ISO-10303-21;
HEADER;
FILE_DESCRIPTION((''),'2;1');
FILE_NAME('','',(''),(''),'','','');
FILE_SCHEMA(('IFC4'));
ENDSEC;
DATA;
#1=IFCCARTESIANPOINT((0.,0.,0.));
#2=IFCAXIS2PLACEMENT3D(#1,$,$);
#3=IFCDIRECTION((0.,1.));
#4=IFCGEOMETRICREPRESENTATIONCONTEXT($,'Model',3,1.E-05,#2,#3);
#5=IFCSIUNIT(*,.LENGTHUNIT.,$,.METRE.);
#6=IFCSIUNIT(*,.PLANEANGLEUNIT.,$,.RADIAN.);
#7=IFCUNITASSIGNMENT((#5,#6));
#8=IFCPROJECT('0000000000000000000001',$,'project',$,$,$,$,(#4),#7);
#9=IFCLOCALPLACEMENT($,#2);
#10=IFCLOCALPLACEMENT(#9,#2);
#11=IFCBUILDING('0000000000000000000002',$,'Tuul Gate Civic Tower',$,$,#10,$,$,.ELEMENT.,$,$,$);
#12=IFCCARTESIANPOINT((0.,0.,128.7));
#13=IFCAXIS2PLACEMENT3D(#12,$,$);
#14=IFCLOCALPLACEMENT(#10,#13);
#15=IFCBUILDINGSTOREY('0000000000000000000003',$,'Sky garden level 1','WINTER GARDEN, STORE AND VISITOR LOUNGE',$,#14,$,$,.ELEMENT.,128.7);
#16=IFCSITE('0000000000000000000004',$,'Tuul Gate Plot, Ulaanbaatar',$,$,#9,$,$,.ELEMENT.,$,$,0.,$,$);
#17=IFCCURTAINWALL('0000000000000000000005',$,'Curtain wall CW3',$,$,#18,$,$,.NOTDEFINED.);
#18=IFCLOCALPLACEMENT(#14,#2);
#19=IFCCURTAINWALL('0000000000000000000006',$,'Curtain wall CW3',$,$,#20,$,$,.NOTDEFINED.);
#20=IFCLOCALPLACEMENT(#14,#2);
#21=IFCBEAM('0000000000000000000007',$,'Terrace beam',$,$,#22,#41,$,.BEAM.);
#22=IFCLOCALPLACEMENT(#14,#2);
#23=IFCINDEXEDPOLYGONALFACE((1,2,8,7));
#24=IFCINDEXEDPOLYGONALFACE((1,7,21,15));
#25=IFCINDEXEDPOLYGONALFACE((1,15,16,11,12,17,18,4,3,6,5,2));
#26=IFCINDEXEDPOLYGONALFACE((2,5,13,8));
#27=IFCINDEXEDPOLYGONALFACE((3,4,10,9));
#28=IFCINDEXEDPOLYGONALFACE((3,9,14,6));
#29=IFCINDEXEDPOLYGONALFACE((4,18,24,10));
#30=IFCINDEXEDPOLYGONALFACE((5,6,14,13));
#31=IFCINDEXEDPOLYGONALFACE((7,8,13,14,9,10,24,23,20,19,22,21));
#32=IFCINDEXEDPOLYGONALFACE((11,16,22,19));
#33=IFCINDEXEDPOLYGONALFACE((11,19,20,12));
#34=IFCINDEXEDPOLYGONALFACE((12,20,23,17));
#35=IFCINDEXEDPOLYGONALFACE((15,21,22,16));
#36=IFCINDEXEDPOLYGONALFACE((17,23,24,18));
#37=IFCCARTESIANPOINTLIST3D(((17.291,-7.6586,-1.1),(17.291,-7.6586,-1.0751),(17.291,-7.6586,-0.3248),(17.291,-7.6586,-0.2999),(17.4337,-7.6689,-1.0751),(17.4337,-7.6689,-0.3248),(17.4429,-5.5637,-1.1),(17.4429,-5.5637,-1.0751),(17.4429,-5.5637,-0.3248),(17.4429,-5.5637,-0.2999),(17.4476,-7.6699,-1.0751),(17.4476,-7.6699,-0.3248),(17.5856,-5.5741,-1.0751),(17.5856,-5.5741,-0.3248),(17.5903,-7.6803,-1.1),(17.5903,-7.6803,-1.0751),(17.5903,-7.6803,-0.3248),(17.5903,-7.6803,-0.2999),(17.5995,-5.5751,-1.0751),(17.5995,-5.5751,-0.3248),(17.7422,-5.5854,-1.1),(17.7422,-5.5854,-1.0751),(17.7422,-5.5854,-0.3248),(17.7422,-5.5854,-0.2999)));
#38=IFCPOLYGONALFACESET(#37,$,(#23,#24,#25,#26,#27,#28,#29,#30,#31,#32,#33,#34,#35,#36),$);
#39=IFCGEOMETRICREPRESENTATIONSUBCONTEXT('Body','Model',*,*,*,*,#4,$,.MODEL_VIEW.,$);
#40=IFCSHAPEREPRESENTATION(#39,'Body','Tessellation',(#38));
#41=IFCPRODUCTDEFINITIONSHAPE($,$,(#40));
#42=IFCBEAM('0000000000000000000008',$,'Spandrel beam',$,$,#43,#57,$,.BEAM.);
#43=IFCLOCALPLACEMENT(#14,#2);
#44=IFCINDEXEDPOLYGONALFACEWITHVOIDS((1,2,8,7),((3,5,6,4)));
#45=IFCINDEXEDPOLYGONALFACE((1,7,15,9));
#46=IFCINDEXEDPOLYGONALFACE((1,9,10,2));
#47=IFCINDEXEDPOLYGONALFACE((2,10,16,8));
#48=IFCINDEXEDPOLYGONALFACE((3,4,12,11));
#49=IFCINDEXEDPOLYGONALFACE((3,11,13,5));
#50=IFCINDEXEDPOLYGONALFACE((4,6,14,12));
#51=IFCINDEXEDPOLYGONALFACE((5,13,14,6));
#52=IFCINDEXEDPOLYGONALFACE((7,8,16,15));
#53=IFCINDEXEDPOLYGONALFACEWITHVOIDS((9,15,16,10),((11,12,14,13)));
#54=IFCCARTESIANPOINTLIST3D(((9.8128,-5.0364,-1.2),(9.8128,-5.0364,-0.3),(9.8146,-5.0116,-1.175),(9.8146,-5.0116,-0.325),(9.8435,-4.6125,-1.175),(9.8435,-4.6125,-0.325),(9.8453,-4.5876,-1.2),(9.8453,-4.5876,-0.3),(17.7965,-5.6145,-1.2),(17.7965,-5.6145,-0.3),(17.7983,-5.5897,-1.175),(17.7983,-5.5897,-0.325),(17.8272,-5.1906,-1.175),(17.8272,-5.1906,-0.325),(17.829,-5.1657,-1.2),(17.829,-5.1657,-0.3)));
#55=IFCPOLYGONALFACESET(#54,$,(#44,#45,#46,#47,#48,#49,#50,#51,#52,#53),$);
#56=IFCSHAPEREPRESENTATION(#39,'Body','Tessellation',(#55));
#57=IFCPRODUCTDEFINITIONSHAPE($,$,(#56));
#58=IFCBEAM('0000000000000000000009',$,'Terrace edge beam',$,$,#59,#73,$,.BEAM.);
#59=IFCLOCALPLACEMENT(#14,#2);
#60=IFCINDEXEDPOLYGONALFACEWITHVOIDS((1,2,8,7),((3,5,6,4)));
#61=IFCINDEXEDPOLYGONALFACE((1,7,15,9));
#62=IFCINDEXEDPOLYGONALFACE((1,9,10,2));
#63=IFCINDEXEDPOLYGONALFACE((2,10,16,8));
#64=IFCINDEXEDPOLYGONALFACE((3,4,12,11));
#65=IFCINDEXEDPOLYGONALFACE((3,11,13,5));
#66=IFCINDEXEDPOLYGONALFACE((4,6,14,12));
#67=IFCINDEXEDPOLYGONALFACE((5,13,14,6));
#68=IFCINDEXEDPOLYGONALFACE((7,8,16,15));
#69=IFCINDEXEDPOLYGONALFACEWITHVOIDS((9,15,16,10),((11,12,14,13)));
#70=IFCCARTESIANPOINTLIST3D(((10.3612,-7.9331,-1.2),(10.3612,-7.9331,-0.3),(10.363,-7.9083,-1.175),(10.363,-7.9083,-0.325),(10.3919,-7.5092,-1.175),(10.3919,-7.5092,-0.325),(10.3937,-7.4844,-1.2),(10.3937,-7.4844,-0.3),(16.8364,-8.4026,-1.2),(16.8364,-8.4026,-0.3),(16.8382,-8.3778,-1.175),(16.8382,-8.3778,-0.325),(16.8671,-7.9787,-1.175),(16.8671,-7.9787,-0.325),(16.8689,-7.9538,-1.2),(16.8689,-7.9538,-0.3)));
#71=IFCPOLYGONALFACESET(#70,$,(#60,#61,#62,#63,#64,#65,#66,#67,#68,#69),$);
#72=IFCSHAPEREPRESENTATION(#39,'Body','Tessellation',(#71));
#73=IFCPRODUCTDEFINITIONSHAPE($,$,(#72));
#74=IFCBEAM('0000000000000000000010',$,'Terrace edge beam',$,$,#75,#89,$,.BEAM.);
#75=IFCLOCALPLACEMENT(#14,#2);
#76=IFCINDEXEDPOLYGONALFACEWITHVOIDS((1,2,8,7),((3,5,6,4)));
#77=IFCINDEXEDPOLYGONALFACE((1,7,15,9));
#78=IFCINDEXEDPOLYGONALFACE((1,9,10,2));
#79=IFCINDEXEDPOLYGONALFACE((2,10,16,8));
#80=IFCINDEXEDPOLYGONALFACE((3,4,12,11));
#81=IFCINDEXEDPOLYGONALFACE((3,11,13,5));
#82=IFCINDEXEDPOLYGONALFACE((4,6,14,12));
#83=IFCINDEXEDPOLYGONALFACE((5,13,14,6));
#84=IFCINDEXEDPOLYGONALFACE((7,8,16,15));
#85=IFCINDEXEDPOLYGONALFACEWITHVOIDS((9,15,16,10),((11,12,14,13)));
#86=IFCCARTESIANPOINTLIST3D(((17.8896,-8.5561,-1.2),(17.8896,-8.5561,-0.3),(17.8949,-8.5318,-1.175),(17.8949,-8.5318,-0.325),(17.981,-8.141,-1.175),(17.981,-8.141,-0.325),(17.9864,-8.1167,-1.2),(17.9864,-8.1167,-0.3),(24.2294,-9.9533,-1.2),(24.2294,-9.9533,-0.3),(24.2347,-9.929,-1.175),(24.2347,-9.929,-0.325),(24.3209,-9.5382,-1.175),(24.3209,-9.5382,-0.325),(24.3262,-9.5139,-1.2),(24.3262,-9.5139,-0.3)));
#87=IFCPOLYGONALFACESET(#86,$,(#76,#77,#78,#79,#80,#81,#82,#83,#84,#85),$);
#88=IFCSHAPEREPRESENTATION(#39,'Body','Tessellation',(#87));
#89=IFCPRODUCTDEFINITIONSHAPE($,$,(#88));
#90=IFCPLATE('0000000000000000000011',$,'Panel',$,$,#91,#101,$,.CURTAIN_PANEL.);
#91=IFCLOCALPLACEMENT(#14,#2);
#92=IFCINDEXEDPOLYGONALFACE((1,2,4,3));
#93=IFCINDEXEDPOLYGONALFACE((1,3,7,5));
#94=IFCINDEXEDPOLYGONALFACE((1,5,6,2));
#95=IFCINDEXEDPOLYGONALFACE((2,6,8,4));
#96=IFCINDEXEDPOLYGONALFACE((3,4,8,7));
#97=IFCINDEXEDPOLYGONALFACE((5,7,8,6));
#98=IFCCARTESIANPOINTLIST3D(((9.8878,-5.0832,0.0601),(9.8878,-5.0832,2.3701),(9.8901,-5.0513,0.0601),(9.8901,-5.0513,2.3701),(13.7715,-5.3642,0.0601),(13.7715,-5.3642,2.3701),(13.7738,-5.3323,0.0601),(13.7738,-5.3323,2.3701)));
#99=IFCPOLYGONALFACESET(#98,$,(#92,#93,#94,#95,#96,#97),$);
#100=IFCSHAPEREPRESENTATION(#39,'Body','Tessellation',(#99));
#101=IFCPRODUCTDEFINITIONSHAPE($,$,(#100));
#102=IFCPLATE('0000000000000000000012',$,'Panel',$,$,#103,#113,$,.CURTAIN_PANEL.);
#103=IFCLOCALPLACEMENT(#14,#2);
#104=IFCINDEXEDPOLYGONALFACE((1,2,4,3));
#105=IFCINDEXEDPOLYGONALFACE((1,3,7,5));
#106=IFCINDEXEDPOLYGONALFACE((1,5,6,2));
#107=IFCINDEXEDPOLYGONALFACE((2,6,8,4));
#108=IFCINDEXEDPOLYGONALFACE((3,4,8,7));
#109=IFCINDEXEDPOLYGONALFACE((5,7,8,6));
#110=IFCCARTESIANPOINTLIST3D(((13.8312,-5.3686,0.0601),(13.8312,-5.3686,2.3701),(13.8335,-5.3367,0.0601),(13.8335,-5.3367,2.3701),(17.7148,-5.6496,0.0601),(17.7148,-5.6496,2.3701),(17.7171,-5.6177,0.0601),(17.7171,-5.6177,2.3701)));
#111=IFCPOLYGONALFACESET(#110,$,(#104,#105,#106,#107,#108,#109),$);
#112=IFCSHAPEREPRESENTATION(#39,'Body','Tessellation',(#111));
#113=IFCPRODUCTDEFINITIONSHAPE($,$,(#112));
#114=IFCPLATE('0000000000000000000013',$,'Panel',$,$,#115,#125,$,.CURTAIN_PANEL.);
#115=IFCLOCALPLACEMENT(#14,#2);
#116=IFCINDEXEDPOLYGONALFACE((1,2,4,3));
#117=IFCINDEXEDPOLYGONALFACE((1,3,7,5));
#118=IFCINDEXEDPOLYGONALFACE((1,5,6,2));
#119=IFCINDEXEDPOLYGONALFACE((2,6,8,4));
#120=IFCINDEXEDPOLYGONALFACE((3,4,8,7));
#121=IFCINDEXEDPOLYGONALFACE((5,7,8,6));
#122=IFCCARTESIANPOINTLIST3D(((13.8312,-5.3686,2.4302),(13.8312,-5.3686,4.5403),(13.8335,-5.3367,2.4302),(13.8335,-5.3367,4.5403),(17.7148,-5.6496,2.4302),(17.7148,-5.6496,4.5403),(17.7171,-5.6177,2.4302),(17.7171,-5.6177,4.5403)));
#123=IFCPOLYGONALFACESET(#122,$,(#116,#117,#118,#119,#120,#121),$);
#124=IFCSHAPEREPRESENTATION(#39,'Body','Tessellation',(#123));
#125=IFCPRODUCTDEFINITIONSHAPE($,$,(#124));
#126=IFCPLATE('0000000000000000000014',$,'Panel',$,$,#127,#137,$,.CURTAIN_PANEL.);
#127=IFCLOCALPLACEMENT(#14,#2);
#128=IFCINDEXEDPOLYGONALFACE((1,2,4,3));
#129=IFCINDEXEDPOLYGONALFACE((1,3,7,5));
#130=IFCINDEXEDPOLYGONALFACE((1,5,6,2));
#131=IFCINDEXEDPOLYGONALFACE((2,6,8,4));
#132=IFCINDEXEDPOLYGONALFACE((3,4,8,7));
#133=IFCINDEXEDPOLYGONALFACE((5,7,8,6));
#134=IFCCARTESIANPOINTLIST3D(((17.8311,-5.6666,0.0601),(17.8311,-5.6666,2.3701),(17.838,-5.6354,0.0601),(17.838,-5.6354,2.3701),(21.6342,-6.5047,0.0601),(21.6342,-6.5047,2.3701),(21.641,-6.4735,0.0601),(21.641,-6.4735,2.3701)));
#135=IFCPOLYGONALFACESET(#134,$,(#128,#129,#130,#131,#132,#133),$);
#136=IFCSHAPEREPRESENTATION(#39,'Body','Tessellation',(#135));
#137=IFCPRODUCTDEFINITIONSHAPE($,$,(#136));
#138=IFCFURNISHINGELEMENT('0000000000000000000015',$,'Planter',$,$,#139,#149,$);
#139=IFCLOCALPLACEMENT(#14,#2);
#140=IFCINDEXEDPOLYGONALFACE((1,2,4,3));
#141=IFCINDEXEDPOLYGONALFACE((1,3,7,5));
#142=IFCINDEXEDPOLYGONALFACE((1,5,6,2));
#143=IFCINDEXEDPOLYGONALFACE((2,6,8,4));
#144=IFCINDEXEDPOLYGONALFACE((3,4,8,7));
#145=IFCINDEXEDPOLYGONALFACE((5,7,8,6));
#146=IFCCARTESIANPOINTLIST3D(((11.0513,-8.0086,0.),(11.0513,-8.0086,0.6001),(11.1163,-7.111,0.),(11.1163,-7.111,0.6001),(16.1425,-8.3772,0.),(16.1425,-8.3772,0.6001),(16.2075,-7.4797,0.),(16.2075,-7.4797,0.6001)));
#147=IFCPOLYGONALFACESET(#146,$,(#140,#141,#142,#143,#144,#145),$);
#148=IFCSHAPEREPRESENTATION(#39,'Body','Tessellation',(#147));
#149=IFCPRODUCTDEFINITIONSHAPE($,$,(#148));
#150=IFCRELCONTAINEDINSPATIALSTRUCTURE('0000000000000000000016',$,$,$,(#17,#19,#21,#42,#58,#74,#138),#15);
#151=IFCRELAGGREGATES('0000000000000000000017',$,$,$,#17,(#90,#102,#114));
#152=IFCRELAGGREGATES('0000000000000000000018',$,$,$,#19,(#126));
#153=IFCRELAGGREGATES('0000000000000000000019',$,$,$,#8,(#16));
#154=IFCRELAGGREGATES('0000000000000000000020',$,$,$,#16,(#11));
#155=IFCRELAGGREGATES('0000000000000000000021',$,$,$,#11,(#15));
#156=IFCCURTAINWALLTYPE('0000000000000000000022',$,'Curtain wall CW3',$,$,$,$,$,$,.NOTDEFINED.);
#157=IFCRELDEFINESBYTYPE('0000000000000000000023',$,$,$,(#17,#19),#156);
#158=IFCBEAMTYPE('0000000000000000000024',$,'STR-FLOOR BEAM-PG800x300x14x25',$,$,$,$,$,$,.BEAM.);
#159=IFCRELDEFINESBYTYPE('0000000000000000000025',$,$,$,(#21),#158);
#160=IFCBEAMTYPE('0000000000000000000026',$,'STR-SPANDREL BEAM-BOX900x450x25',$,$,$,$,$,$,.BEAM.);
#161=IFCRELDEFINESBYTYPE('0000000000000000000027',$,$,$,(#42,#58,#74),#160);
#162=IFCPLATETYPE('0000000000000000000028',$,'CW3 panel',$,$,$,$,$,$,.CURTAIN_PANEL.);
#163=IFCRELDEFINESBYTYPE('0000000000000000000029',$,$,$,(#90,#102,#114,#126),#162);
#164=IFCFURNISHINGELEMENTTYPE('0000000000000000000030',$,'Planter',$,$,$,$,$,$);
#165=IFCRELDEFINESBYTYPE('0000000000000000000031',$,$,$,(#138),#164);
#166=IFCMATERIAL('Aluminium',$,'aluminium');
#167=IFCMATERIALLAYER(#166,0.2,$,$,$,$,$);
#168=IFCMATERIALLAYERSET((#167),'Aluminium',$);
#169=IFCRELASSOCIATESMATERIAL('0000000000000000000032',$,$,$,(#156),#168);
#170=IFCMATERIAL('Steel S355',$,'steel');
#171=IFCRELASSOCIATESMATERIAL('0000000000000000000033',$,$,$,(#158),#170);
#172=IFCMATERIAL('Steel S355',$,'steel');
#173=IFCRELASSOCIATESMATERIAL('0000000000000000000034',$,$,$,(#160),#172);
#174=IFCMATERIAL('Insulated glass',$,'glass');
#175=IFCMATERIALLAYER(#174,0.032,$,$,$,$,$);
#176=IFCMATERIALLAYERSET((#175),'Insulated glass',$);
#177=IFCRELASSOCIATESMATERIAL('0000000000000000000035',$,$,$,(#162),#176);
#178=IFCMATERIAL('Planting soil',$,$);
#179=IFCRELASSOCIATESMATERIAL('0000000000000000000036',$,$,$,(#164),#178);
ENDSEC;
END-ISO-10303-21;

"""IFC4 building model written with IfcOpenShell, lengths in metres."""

from ifc_helpers import new_model, si_unit, direction, frame, origin, origin_2d, place, context, subcontext, project, spatial, rectangle, hollow_rectangle, i_section, extrude, material, layer, layer_set, material_profile, profile_set, type_object, element, aggregate, save


model = new_model("IFC4")

# Units and contexts
model_context = context("Model", 3, precision=1e-05, world=origin(), true_north=direction((0.0, 1.0)))
body_context = subcontext(model_context, "Body", "Model", "MODEL_VIEW")
ifc_project = project(units=[si_unit("LENGTHUNIT", "METRE"), si_unit("PLANEANGLEUNIT", "RADIAN")], contexts=[model_context])

# Site, building, storey
site_placement = place(None, origin())
site = spatial("IfcSite", under=ifc_project, at=site_placement, Name="Tuul Gate Plot, Ulaanbaatar", CompositionType="ELEMENT", RefElevation=0.0)
building_placement = place(site_placement, origin())
building = spatial("IfcBuilding", under=site, at=building_placement, Name="Tuul Gate Civic Tower", CompositionType="ELEMENT")
storey_placement = place(building_placement, frame((0.0, 0.0, 128.7)))
storey = spatial("IfcBuildingStorey", under=building, at=storey_placement, Name="Sky garden level 1", Description="WINTER GARDEN, STORE AND VISITOR LOUNGE", CompositionType="ELEMENT", Elevation=128.7)

# Curtain wall
ifc_material_1 = material(Name="Aluminium", Category="aluminium")
ifc_layer_1 = layer(ifc_material_1, 0.2)
ifc_layer_set_1 = layer_set([ifc_layer_1], Name="Aluminium")
curtain_wall_type = type_object("IfcCurtainWallType", Name="Curtain wall CW3", PredefinedType="NOTDEFINED", material=ifc_layer_set_1)
curtain_wall_1_placement = place(storey_placement, origin())
curtain_wall_1 = element("IfcCurtainWall", 1, at=curtain_wall_1_placement, inside=storey, type_object=curtain_wall_type, Name="Curtain wall CW3", PredefinedType="NOTDEFINED")

# Curtain wall
curtain_wall_2_placement = place(storey_placement, origin())
curtain_wall_2 = element("IfcCurtainWall", 2, at=curtain_wall_2_placement, inside=storey, type_object=curtain_wall_type, Name="Curtain wall CW3", PredefinedType="NOTDEFINED")

# Beams
ifc_material_2 = material(Name="Steel S355", Category="steel")
ifc_material_profile_1 = material_profile(ifc_material_2, i_section(OverallWidth=0.3, OverallDepth=0.8, WebThickness=0.0139, FlangeThickness=0.0249, at=origin_2d()), Name="PG800x300x14x25")
ifc_profile_set_1 = profile_set([ifc_material_profile_1], Name="Steel S355")
beam_type_1 = type_object("IfcBeamType", Name="STR-FLOOR BEAM-PG800x300x14x25", PredefinedType="BEAM", material=ifc_profile_set_1)
beam_1_placement = place(storey_placement, frame((17.4407, -7.6694, -0.7), z_axis=(0.072304, 0.997383, 0.0), x_axis=(-0.997383, 0.072304, 0.0)))
element("IfcBeam", 3, at=beam_1_placement, inside=storey, type_object=beam_type_1, Name="Terrace beam", PredefinedType="BEAM", context=body_context, shape_type="SweptSolid", body=[
    extrude(i_section(OverallWidth=0.3, OverallDepth=0.8, WebThickness=0.0139, FlangeThickness=0.0249, at=origin_2d()), origin(), (0.0, 0.0, 1.0), 2.1003),
])
ifc_material_3 = material(Name="Steel S355", Category="steel")
ifc_material_profile_2 = material_profile(ifc_material_3, hollow_rectangle(XDim=0.45, YDim=0.8999, WallThickness=0.0249, at=origin_2d()), Name="BOX900x450x25")
ifc_profile_set_2 = profile_set([ifc_material_profile_2], Name="Steel S355")
beam_type_2 = type_object("IfcBeamType", Name="STR-SPANDREL BEAM-BOX900x450x25", PredefinedType="BEAM", material=ifc_profile_set_2)
beam_2_placement = place(storey_placement, frame((17.8127, -5.3901, -0.75), z_axis=(-0.997388, 0.072225, 0.0), x_axis=(-0.072225, -0.997388, 0.0)))
element("IfcBeam", 4, at=beam_2_placement, inside=storey, type_object=beam_type_2, Name="Spandrel beam", PredefinedType="BEAM", context=body_context, shape_type="SweptSolid", body=[
    extrude(hollow_rectangle(XDim=0.45, YDim=0.8999, WallThickness=0.0249, at=origin_2d()), origin(), (0.0, 0.0, 1.0), 8.0046),
])
beam_3_placement = place(storey_placement, frame((10.3774, -7.7087, -0.75), z_axis=(0.997382, -0.072316, 0.0), x_axis=(0.072316, 0.997382, 0.0)))
element("IfcBeam", 5, at=beam_3_placement, inside=storey, type_object=beam_type_2, Name="Terrace edge beam", PredefinedType="BEAM", context=body_context, shape_type="SweptSolid", body=[
    extrude(hollow_rectangle(XDim=0.45, YDim=0.8999, WallThickness=0.0249, at=origin_2d()), origin(), (0.0, 0.0, 1.0), 6.4922),
])
beam_4_placement = place(storey_placement, frame((17.938, -8.3364, -0.75), z_axis=(0.976565, -0.215222, 0.0), x_axis=(0.215222, 0.976565, 0.0)))
element("IfcBeam", 6, at=beam_4_placement, inside=storey, type_object=beam_type_2, Name="Terrace edge beam", PredefinedType="BEAM", context=body_context, shape_type="SweptSolid", body=[
    extrude(hollow_rectangle(XDim=0.45, YDim=0.8999, WallThickness=0.0249, at=origin_2d()), origin(), (0.0, 0.0, 1.0), 6.4919),
])

# Plates
ifc_material_4 = material(Name="Insulated glass", Category="glass")
ifc_layer_2 = layer(ifc_material_4, 0.032)
ifc_layer_set_2 = layer_set([ifc_layer_2], Name="Insulated glass")
plate_type = type_object("IfcPlateType", Name="CW3 panel", PredefinedType="CURTAIN_PANEL", material=ifc_layer_set_2)
plate_1_placement = place(storey_placement, frame((11.8308, -5.2078, 0.0601), z_axis=(0.0, 0.0, 1.0), x_axis=(0.997393, -0.072166, 0.0)))
plate_1 = element("IfcPlate", 7, at=plate_1_placement, type_object=plate_type, Name="Panel", PredefinedType="CURTAIN_PANEL", context=body_context, shape_type="SweptSolid", body=[
    extrude(rectangle(XDim=3.8938, YDim=0.032, at=origin_2d()), origin(), (0.0, 0.0, 1.0), 2.3101),
])
plate_2_placement = place(storey_placement, frame((15.7742, -5.4932, 0.0601), z_axis=(0.0, 0.0, 1.0), x_axis=(0.997393, -0.072166, 0.0)))
plate_2 = element("IfcPlate", 8, at=plate_2_placement, type_object=plate_type, Name="Panel", PredefinedType="CURTAIN_PANEL", context=body_context, shape_type="SweptSolid", body=[
    extrude(rectangle(XDim=3.8938, YDim=0.032, at=origin_2d()), origin(), (0.0, 0.0, 1.0), 2.3101),
])
plate_3_placement = place(storey_placement, frame((15.7742, -5.4932, 2.4302), z_axis=(0.0, 0.0, 1.0), x_axis=(0.997393, -0.072166, 0.0)))
plate_3 = element("IfcPlate", 9, at=plate_3_placement, type_object=plate_type, Name="Panel", PredefinedType="CURTAIN_PANEL", context=body_context, shape_type="SweptSolid", body=[
    extrude(rectangle(XDim=3.8938, YDim=0.032, at=origin_2d()), origin(), (0.0, 0.0, 1.0), 2.1101),
])
aggregate(curtain_wall_1, [plate_1, plate_2, plate_3])
plate_4_placement = place(storey_placement, frame((19.7361, -6.0701, 0.0601), z_axis=(0.0, 0.0, 1.0), x_axis=(0.976566, -0.215216, 0.0)))
plate_4 = element("IfcPlate", 10, at=plate_4_placement, type_object=plate_type, Name="Panel", PredefinedType="CURTAIN_PANEL", context=body_context, shape_type="SweptSolid", body=[
    extrude(rectangle(XDim=3.8943, YDim=0.032, at=origin_2d()), origin(), (0.0, 0.0, 1.0), 2.3101),
])
aggregate(curtain_wall_2, [plate_4])

# Furnishing element
ifc_material_5 = material(Name="Planting soil")
furnishing_element_type = type_object("IfcFurnishingElementType", Name="Planter", material=ifc_material_5)
furnishing_placement = place(storey_placement, frame((13.6294, -7.7441, 0.0), z_axis=(0.0, 0.0, 1.0), x_axis=(0.997389, -0.072222, 0.0)))
element("IfcFurnishingElement", 11, at=furnishing_placement, inside=storey, type_object=furnishing_element_type, Name="Planter", context=body_context, shape_type="SweptSolid", body=[
    extrude(rectangle(XDim=5.1045, YDim=0.8999, at=origin_2d()), origin(), (0.0, 0.0, 1.0), 0.6001),
])

save(model, "model.ifc")
